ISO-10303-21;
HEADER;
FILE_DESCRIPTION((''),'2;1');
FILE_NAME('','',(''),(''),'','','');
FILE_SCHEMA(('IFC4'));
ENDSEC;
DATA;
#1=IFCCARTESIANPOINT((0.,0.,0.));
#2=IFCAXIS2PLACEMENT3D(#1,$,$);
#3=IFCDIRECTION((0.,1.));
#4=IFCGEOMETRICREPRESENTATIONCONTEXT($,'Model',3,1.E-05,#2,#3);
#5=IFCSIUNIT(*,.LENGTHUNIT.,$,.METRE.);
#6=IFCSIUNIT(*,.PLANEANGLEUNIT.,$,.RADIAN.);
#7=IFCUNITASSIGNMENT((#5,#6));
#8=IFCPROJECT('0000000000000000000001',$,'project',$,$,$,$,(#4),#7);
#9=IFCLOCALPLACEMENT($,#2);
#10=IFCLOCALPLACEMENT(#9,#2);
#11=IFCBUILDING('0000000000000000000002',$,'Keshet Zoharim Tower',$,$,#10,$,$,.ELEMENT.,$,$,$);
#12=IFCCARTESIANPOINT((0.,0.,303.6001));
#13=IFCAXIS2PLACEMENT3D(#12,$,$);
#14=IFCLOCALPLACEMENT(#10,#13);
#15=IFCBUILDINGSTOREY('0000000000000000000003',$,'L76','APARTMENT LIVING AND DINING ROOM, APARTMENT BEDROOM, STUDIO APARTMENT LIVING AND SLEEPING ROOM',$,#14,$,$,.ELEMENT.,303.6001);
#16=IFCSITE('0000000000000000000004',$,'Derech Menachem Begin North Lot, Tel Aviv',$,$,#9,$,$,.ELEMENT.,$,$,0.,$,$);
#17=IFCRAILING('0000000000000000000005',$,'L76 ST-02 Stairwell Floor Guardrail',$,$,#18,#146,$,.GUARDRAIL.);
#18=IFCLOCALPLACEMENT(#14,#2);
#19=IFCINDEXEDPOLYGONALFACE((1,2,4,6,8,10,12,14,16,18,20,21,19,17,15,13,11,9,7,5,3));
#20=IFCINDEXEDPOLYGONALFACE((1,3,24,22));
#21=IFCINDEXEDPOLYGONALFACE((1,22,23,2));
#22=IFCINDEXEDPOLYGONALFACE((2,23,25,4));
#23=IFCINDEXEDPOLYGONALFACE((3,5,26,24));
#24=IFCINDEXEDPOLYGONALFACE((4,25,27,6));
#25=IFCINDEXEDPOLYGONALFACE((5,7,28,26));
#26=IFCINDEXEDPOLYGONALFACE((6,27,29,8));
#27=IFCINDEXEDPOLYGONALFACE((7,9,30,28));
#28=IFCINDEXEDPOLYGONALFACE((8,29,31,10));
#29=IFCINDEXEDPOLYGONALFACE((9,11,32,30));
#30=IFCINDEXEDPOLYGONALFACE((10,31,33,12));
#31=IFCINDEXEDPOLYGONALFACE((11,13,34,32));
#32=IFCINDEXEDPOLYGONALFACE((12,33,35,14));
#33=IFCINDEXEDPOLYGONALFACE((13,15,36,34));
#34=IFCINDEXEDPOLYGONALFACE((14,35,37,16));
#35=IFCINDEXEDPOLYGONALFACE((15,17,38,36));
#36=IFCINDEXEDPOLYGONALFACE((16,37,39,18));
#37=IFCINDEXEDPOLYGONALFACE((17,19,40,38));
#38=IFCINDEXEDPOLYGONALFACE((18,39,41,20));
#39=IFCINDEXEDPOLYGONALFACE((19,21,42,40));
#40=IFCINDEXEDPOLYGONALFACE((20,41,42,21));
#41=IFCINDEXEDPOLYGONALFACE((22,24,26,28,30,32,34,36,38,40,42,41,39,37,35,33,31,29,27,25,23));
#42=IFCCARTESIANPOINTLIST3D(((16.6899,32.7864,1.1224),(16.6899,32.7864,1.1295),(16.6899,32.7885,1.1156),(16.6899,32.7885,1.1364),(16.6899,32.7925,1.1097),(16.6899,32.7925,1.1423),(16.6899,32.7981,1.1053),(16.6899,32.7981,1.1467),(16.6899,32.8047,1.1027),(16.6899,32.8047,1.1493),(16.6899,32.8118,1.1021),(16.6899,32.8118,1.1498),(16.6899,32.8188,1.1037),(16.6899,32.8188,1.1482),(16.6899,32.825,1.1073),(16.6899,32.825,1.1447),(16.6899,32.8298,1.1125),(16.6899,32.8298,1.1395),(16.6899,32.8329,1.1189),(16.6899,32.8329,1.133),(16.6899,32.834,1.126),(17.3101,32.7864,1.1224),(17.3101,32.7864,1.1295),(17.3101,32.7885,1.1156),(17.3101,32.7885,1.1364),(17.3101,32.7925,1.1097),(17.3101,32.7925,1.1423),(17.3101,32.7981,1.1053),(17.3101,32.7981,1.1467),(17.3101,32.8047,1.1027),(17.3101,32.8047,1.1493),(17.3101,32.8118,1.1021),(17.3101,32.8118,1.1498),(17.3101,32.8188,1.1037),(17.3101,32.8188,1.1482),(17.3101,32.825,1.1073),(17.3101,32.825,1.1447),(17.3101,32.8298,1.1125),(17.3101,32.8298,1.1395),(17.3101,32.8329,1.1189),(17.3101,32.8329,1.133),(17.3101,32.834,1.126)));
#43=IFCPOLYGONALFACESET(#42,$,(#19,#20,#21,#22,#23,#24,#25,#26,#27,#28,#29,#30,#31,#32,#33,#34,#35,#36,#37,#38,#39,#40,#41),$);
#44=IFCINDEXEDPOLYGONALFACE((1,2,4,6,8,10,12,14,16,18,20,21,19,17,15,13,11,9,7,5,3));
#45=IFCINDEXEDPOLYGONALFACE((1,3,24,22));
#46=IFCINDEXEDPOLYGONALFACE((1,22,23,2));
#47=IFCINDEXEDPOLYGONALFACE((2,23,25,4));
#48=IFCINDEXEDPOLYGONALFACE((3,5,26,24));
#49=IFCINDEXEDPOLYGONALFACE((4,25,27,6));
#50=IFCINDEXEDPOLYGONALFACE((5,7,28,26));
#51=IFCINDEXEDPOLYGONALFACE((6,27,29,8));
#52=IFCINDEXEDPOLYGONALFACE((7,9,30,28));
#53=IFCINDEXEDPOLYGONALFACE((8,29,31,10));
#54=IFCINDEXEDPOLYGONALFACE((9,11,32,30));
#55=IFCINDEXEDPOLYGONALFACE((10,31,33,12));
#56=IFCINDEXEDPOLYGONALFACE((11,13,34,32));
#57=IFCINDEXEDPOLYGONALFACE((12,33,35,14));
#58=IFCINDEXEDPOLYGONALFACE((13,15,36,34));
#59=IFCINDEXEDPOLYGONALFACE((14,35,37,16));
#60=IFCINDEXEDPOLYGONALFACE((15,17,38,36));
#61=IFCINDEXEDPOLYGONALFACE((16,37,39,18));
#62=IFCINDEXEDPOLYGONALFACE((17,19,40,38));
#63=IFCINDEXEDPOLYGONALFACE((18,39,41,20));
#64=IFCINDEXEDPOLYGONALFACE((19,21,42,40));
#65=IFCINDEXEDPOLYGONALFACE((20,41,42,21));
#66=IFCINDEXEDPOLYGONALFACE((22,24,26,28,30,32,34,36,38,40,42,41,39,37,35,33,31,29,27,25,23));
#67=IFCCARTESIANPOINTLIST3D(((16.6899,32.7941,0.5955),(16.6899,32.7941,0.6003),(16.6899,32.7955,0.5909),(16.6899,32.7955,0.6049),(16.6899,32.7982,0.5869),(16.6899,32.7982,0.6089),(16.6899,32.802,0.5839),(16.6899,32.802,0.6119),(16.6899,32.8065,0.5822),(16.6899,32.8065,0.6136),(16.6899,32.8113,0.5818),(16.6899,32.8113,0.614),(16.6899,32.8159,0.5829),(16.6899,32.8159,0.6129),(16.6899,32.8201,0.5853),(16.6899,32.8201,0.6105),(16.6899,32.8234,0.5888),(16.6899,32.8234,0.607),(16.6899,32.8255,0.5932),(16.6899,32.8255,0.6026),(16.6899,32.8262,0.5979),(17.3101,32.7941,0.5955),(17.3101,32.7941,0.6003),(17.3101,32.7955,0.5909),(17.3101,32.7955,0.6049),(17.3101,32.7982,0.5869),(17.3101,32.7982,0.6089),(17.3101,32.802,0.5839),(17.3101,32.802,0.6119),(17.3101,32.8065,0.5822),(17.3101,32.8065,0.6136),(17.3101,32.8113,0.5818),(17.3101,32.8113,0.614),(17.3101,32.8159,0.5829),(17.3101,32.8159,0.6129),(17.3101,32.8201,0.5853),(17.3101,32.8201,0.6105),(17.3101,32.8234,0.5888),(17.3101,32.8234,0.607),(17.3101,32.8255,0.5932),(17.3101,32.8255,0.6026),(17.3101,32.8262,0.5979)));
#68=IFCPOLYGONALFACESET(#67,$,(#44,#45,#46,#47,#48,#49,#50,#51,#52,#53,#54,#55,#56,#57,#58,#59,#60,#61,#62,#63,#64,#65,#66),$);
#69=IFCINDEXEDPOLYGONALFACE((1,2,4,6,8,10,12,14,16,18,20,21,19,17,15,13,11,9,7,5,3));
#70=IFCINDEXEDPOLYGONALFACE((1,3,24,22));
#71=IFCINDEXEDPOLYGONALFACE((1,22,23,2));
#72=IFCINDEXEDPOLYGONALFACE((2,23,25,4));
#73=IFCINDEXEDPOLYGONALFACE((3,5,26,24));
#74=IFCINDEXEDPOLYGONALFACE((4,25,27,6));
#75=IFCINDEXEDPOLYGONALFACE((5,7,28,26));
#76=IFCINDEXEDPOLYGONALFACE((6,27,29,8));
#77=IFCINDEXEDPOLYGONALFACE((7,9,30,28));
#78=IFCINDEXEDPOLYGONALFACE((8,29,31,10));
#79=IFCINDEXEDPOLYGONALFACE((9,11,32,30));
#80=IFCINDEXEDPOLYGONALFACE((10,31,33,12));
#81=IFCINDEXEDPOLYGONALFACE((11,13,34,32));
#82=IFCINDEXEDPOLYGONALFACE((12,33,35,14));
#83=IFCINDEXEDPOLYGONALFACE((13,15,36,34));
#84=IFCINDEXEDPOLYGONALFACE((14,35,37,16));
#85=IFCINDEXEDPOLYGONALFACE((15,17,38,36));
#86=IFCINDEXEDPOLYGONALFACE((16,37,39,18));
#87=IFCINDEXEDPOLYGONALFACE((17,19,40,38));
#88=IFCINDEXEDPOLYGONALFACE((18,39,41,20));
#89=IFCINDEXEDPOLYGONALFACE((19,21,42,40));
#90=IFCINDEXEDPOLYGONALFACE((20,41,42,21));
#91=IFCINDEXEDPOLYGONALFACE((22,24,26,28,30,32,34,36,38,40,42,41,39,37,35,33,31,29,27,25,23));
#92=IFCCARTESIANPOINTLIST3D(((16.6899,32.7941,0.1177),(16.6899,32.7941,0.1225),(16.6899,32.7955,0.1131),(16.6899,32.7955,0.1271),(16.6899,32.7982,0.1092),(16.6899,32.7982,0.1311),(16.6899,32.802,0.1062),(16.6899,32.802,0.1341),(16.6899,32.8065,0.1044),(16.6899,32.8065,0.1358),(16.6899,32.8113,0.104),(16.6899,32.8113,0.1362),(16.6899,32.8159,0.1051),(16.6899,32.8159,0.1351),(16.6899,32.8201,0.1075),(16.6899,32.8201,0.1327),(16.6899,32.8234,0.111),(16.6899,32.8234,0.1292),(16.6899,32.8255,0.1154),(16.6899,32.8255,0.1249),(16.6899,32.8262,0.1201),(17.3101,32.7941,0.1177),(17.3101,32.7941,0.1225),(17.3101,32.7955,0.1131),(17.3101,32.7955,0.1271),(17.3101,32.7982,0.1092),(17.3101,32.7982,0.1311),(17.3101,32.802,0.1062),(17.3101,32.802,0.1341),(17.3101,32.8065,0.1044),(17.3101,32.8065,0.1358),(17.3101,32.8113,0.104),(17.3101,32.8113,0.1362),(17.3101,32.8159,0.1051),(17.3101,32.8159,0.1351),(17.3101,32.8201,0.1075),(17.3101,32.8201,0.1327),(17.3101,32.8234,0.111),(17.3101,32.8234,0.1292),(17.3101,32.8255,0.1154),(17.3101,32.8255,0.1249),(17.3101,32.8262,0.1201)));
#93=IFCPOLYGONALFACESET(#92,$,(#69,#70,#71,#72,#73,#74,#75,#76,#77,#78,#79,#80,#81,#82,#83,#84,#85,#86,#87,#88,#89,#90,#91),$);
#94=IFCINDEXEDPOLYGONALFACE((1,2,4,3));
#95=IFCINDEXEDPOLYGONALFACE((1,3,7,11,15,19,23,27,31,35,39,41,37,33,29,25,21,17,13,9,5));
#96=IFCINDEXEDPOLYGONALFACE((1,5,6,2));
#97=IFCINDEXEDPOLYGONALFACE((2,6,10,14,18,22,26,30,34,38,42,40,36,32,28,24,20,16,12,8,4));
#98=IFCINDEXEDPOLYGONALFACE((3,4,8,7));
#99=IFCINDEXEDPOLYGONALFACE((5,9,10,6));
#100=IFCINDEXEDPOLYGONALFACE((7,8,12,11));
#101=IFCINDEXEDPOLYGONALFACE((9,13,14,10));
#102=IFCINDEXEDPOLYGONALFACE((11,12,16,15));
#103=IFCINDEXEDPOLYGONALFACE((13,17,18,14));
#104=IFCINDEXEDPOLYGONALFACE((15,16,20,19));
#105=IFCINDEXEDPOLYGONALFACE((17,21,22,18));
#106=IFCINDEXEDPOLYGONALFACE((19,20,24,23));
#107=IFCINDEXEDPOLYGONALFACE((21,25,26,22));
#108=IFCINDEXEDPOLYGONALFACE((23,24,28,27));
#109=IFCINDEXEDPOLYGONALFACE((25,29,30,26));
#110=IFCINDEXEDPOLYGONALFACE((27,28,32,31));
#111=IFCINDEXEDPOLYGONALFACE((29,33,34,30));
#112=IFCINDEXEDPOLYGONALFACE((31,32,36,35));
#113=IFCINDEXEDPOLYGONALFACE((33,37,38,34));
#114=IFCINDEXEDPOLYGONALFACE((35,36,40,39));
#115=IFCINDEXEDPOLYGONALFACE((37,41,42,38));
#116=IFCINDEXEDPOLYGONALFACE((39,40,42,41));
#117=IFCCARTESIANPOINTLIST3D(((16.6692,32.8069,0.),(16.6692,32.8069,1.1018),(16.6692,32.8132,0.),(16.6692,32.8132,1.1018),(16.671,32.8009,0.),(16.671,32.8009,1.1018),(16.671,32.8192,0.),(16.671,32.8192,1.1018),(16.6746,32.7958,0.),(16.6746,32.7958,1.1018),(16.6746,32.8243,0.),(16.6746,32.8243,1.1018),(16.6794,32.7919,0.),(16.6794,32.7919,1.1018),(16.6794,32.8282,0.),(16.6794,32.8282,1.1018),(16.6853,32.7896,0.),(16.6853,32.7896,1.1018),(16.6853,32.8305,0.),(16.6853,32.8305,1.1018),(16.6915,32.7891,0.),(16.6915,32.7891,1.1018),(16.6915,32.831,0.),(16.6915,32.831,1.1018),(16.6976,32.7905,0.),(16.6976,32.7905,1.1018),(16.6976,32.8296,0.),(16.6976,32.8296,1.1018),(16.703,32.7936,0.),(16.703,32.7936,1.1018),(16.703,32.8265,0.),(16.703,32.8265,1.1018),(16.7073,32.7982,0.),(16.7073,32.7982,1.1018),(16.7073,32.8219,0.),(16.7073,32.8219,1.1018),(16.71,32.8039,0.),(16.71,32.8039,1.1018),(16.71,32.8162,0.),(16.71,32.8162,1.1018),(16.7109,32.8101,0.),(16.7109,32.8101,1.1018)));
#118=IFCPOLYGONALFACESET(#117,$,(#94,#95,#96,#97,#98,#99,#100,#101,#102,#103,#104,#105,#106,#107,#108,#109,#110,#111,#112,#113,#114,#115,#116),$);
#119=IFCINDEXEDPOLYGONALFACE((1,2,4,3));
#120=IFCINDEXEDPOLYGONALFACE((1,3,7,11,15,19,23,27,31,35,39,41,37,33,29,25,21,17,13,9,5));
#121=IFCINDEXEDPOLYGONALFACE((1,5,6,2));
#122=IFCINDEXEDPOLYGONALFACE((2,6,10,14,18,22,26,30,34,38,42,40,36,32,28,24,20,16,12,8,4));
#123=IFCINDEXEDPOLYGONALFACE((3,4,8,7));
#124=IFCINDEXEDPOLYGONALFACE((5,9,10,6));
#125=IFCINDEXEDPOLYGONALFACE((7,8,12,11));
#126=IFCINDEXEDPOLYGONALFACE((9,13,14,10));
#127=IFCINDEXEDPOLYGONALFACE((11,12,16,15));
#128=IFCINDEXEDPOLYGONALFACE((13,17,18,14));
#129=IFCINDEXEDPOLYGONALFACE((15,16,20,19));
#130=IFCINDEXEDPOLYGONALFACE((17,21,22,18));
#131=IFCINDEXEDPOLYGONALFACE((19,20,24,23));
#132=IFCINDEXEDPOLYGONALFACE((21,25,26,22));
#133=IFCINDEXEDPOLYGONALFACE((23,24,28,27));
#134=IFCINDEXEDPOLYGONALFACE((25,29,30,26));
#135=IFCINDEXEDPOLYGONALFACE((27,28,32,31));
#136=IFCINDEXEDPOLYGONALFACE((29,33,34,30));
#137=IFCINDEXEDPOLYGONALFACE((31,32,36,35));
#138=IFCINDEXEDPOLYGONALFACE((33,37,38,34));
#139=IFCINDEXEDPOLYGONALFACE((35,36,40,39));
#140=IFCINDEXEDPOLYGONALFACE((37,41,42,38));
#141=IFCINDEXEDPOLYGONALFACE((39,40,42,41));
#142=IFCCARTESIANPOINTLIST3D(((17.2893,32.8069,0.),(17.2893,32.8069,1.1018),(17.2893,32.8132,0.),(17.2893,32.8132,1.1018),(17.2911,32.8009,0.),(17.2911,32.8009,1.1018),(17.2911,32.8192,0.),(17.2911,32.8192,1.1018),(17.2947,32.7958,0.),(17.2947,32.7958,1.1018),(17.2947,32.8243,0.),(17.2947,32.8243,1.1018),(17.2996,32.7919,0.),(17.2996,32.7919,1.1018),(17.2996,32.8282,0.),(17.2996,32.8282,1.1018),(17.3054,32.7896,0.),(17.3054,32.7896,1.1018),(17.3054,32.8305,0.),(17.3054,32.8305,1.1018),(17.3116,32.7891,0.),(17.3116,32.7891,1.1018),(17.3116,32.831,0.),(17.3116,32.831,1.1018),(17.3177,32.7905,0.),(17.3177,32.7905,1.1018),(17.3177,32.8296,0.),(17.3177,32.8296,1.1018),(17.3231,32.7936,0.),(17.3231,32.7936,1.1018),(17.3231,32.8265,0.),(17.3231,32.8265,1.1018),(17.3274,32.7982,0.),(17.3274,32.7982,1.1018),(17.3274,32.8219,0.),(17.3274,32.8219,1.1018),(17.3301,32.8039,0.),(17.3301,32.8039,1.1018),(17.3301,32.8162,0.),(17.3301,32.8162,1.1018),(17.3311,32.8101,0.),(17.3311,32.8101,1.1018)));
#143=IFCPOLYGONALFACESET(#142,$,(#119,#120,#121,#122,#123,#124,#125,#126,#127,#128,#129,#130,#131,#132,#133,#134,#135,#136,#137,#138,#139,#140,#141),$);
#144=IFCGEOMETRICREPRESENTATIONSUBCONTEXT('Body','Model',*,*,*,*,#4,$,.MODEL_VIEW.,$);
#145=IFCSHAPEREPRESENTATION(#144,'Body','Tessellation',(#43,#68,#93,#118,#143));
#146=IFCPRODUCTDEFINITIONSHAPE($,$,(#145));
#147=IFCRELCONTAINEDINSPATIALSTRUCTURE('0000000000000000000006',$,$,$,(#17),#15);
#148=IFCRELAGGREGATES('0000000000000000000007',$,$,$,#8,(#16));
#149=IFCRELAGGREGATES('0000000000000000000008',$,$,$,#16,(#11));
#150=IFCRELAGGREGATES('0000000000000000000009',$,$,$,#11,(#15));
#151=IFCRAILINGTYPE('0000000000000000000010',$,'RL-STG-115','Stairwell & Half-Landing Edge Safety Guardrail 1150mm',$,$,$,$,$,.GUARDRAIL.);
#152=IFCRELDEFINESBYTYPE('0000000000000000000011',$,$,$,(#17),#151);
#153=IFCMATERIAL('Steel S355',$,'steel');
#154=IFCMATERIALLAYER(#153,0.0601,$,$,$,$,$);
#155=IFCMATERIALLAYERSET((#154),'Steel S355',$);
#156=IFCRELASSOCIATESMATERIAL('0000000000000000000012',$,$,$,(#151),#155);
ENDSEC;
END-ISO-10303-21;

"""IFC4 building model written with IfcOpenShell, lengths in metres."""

from ifc_helpers import new_model, si_unit, direction, frame, origin, origin_2d, place, context, subcontext, project, spatial, circle, extrude, material, layer, layer_set, type_object, element, save


model = new_model("IFC4")

# Units and contexts
model_context = context("Model", 3, precision=1e-05, world=origin(), true_north=direction((0.0, 1.0)))
body_context = subcontext(model_context, "Body", "Model", "MODEL_VIEW")
ifc_project = project(units=[si_unit("LENGTHUNIT", "METRE"), si_unit("PLANEANGLEUNIT", "RADIAN")], contexts=[model_context])

# Site, building, storey
site_placement = place(None, origin())
site = spatial("IfcSite", under=ifc_project, at=site_placement, Name="Derech Menachem Begin North Lot, Tel Aviv", CompositionType="ELEMENT", RefElevation=0.0)
building_placement = place(site_placement, origin())
building = spatial("IfcBuilding", under=site, at=building_placement, Name="Keshet Zoharim Tower", CompositionType="ELEMENT")
storey_placement = place(building_placement, frame((0.0, 0.0, 303.6001)))
storey = spatial("IfcBuildingStorey", under=building, at=storey_placement, Name="L76", Description="APARTMENT LIVING AND DINING ROOM, APARTMENT BEDROOM, STUDIO APARTMENT LIVING AND SLEEPING ROOM", CompositionType="ELEMENT", Elevation=303.6001)

# Shared definitions
ifc_material_1 = material(Name="Steel S355", Category="steel")

# Railing
ifc_layer_1 = layer(ifc_material_1, 0.0601)
ifc_layer_set_1 = layer_set([ifc_layer_1], Name="Steel S355")
railing_type_1 = type_object("IfcRailingType", Name="RL-STG-115", Description="Stairwell & Half-Landing Edge Safety Guardrail 1150mm", PredefinedType="GUARDRAIL", material=ifc_layer_set_1)
railing_1_placement = place(storey_placement, frame((16.6899, 32.8101, 0.0)))
element("IfcRailing", 1, at=railing_1_placement, inside=storey, type_object=railing_type_1, Name="L76 ST-02 Stairwell Floor Guardrail", PredefinedType="GUARDRAIL", context=body_context, shape_type="SweptSolid", body=[
    extrude(circle(Radius=0.0239, at=origin_2d()), frame((0.0, 0.0, 1.126), z_axis=(1.0, 0.0, 0.0), x_axis=(0.0, 1.0, 0.0)), (0.0, 0.0, 1.0), 0.6201),
    extrude(circle(Radius=0.0161, at=origin_2d()), frame((0.0, 0.0, 0.5979), z_axis=(1.0, 0.0, 0.0), x_axis=(0.0, 1.0, 0.0)), (0.0, 0.0, 1.0), 0.6201),
    extrude(circle(Radius=0.0161, at=origin_2d()), frame((0.0, 0.0, 0.1201), z_axis=(1.0, 0.0, 0.0), x_axis=(0.0, 1.0, 0.0)), (0.0, 0.0, 1.0), 0.6201),
    extrude(circle(Radius=0.021, at=origin_2d()), origin(), (0.0, 0.0, 1.0), 1.1018),
    extrude(circle(Radius=0.021, at=origin_2d()), frame((0.6201, 0.0, 0.0)), (0.0, 0.0, 1.0), 1.1018),
])

save(model, "model.ifc")
